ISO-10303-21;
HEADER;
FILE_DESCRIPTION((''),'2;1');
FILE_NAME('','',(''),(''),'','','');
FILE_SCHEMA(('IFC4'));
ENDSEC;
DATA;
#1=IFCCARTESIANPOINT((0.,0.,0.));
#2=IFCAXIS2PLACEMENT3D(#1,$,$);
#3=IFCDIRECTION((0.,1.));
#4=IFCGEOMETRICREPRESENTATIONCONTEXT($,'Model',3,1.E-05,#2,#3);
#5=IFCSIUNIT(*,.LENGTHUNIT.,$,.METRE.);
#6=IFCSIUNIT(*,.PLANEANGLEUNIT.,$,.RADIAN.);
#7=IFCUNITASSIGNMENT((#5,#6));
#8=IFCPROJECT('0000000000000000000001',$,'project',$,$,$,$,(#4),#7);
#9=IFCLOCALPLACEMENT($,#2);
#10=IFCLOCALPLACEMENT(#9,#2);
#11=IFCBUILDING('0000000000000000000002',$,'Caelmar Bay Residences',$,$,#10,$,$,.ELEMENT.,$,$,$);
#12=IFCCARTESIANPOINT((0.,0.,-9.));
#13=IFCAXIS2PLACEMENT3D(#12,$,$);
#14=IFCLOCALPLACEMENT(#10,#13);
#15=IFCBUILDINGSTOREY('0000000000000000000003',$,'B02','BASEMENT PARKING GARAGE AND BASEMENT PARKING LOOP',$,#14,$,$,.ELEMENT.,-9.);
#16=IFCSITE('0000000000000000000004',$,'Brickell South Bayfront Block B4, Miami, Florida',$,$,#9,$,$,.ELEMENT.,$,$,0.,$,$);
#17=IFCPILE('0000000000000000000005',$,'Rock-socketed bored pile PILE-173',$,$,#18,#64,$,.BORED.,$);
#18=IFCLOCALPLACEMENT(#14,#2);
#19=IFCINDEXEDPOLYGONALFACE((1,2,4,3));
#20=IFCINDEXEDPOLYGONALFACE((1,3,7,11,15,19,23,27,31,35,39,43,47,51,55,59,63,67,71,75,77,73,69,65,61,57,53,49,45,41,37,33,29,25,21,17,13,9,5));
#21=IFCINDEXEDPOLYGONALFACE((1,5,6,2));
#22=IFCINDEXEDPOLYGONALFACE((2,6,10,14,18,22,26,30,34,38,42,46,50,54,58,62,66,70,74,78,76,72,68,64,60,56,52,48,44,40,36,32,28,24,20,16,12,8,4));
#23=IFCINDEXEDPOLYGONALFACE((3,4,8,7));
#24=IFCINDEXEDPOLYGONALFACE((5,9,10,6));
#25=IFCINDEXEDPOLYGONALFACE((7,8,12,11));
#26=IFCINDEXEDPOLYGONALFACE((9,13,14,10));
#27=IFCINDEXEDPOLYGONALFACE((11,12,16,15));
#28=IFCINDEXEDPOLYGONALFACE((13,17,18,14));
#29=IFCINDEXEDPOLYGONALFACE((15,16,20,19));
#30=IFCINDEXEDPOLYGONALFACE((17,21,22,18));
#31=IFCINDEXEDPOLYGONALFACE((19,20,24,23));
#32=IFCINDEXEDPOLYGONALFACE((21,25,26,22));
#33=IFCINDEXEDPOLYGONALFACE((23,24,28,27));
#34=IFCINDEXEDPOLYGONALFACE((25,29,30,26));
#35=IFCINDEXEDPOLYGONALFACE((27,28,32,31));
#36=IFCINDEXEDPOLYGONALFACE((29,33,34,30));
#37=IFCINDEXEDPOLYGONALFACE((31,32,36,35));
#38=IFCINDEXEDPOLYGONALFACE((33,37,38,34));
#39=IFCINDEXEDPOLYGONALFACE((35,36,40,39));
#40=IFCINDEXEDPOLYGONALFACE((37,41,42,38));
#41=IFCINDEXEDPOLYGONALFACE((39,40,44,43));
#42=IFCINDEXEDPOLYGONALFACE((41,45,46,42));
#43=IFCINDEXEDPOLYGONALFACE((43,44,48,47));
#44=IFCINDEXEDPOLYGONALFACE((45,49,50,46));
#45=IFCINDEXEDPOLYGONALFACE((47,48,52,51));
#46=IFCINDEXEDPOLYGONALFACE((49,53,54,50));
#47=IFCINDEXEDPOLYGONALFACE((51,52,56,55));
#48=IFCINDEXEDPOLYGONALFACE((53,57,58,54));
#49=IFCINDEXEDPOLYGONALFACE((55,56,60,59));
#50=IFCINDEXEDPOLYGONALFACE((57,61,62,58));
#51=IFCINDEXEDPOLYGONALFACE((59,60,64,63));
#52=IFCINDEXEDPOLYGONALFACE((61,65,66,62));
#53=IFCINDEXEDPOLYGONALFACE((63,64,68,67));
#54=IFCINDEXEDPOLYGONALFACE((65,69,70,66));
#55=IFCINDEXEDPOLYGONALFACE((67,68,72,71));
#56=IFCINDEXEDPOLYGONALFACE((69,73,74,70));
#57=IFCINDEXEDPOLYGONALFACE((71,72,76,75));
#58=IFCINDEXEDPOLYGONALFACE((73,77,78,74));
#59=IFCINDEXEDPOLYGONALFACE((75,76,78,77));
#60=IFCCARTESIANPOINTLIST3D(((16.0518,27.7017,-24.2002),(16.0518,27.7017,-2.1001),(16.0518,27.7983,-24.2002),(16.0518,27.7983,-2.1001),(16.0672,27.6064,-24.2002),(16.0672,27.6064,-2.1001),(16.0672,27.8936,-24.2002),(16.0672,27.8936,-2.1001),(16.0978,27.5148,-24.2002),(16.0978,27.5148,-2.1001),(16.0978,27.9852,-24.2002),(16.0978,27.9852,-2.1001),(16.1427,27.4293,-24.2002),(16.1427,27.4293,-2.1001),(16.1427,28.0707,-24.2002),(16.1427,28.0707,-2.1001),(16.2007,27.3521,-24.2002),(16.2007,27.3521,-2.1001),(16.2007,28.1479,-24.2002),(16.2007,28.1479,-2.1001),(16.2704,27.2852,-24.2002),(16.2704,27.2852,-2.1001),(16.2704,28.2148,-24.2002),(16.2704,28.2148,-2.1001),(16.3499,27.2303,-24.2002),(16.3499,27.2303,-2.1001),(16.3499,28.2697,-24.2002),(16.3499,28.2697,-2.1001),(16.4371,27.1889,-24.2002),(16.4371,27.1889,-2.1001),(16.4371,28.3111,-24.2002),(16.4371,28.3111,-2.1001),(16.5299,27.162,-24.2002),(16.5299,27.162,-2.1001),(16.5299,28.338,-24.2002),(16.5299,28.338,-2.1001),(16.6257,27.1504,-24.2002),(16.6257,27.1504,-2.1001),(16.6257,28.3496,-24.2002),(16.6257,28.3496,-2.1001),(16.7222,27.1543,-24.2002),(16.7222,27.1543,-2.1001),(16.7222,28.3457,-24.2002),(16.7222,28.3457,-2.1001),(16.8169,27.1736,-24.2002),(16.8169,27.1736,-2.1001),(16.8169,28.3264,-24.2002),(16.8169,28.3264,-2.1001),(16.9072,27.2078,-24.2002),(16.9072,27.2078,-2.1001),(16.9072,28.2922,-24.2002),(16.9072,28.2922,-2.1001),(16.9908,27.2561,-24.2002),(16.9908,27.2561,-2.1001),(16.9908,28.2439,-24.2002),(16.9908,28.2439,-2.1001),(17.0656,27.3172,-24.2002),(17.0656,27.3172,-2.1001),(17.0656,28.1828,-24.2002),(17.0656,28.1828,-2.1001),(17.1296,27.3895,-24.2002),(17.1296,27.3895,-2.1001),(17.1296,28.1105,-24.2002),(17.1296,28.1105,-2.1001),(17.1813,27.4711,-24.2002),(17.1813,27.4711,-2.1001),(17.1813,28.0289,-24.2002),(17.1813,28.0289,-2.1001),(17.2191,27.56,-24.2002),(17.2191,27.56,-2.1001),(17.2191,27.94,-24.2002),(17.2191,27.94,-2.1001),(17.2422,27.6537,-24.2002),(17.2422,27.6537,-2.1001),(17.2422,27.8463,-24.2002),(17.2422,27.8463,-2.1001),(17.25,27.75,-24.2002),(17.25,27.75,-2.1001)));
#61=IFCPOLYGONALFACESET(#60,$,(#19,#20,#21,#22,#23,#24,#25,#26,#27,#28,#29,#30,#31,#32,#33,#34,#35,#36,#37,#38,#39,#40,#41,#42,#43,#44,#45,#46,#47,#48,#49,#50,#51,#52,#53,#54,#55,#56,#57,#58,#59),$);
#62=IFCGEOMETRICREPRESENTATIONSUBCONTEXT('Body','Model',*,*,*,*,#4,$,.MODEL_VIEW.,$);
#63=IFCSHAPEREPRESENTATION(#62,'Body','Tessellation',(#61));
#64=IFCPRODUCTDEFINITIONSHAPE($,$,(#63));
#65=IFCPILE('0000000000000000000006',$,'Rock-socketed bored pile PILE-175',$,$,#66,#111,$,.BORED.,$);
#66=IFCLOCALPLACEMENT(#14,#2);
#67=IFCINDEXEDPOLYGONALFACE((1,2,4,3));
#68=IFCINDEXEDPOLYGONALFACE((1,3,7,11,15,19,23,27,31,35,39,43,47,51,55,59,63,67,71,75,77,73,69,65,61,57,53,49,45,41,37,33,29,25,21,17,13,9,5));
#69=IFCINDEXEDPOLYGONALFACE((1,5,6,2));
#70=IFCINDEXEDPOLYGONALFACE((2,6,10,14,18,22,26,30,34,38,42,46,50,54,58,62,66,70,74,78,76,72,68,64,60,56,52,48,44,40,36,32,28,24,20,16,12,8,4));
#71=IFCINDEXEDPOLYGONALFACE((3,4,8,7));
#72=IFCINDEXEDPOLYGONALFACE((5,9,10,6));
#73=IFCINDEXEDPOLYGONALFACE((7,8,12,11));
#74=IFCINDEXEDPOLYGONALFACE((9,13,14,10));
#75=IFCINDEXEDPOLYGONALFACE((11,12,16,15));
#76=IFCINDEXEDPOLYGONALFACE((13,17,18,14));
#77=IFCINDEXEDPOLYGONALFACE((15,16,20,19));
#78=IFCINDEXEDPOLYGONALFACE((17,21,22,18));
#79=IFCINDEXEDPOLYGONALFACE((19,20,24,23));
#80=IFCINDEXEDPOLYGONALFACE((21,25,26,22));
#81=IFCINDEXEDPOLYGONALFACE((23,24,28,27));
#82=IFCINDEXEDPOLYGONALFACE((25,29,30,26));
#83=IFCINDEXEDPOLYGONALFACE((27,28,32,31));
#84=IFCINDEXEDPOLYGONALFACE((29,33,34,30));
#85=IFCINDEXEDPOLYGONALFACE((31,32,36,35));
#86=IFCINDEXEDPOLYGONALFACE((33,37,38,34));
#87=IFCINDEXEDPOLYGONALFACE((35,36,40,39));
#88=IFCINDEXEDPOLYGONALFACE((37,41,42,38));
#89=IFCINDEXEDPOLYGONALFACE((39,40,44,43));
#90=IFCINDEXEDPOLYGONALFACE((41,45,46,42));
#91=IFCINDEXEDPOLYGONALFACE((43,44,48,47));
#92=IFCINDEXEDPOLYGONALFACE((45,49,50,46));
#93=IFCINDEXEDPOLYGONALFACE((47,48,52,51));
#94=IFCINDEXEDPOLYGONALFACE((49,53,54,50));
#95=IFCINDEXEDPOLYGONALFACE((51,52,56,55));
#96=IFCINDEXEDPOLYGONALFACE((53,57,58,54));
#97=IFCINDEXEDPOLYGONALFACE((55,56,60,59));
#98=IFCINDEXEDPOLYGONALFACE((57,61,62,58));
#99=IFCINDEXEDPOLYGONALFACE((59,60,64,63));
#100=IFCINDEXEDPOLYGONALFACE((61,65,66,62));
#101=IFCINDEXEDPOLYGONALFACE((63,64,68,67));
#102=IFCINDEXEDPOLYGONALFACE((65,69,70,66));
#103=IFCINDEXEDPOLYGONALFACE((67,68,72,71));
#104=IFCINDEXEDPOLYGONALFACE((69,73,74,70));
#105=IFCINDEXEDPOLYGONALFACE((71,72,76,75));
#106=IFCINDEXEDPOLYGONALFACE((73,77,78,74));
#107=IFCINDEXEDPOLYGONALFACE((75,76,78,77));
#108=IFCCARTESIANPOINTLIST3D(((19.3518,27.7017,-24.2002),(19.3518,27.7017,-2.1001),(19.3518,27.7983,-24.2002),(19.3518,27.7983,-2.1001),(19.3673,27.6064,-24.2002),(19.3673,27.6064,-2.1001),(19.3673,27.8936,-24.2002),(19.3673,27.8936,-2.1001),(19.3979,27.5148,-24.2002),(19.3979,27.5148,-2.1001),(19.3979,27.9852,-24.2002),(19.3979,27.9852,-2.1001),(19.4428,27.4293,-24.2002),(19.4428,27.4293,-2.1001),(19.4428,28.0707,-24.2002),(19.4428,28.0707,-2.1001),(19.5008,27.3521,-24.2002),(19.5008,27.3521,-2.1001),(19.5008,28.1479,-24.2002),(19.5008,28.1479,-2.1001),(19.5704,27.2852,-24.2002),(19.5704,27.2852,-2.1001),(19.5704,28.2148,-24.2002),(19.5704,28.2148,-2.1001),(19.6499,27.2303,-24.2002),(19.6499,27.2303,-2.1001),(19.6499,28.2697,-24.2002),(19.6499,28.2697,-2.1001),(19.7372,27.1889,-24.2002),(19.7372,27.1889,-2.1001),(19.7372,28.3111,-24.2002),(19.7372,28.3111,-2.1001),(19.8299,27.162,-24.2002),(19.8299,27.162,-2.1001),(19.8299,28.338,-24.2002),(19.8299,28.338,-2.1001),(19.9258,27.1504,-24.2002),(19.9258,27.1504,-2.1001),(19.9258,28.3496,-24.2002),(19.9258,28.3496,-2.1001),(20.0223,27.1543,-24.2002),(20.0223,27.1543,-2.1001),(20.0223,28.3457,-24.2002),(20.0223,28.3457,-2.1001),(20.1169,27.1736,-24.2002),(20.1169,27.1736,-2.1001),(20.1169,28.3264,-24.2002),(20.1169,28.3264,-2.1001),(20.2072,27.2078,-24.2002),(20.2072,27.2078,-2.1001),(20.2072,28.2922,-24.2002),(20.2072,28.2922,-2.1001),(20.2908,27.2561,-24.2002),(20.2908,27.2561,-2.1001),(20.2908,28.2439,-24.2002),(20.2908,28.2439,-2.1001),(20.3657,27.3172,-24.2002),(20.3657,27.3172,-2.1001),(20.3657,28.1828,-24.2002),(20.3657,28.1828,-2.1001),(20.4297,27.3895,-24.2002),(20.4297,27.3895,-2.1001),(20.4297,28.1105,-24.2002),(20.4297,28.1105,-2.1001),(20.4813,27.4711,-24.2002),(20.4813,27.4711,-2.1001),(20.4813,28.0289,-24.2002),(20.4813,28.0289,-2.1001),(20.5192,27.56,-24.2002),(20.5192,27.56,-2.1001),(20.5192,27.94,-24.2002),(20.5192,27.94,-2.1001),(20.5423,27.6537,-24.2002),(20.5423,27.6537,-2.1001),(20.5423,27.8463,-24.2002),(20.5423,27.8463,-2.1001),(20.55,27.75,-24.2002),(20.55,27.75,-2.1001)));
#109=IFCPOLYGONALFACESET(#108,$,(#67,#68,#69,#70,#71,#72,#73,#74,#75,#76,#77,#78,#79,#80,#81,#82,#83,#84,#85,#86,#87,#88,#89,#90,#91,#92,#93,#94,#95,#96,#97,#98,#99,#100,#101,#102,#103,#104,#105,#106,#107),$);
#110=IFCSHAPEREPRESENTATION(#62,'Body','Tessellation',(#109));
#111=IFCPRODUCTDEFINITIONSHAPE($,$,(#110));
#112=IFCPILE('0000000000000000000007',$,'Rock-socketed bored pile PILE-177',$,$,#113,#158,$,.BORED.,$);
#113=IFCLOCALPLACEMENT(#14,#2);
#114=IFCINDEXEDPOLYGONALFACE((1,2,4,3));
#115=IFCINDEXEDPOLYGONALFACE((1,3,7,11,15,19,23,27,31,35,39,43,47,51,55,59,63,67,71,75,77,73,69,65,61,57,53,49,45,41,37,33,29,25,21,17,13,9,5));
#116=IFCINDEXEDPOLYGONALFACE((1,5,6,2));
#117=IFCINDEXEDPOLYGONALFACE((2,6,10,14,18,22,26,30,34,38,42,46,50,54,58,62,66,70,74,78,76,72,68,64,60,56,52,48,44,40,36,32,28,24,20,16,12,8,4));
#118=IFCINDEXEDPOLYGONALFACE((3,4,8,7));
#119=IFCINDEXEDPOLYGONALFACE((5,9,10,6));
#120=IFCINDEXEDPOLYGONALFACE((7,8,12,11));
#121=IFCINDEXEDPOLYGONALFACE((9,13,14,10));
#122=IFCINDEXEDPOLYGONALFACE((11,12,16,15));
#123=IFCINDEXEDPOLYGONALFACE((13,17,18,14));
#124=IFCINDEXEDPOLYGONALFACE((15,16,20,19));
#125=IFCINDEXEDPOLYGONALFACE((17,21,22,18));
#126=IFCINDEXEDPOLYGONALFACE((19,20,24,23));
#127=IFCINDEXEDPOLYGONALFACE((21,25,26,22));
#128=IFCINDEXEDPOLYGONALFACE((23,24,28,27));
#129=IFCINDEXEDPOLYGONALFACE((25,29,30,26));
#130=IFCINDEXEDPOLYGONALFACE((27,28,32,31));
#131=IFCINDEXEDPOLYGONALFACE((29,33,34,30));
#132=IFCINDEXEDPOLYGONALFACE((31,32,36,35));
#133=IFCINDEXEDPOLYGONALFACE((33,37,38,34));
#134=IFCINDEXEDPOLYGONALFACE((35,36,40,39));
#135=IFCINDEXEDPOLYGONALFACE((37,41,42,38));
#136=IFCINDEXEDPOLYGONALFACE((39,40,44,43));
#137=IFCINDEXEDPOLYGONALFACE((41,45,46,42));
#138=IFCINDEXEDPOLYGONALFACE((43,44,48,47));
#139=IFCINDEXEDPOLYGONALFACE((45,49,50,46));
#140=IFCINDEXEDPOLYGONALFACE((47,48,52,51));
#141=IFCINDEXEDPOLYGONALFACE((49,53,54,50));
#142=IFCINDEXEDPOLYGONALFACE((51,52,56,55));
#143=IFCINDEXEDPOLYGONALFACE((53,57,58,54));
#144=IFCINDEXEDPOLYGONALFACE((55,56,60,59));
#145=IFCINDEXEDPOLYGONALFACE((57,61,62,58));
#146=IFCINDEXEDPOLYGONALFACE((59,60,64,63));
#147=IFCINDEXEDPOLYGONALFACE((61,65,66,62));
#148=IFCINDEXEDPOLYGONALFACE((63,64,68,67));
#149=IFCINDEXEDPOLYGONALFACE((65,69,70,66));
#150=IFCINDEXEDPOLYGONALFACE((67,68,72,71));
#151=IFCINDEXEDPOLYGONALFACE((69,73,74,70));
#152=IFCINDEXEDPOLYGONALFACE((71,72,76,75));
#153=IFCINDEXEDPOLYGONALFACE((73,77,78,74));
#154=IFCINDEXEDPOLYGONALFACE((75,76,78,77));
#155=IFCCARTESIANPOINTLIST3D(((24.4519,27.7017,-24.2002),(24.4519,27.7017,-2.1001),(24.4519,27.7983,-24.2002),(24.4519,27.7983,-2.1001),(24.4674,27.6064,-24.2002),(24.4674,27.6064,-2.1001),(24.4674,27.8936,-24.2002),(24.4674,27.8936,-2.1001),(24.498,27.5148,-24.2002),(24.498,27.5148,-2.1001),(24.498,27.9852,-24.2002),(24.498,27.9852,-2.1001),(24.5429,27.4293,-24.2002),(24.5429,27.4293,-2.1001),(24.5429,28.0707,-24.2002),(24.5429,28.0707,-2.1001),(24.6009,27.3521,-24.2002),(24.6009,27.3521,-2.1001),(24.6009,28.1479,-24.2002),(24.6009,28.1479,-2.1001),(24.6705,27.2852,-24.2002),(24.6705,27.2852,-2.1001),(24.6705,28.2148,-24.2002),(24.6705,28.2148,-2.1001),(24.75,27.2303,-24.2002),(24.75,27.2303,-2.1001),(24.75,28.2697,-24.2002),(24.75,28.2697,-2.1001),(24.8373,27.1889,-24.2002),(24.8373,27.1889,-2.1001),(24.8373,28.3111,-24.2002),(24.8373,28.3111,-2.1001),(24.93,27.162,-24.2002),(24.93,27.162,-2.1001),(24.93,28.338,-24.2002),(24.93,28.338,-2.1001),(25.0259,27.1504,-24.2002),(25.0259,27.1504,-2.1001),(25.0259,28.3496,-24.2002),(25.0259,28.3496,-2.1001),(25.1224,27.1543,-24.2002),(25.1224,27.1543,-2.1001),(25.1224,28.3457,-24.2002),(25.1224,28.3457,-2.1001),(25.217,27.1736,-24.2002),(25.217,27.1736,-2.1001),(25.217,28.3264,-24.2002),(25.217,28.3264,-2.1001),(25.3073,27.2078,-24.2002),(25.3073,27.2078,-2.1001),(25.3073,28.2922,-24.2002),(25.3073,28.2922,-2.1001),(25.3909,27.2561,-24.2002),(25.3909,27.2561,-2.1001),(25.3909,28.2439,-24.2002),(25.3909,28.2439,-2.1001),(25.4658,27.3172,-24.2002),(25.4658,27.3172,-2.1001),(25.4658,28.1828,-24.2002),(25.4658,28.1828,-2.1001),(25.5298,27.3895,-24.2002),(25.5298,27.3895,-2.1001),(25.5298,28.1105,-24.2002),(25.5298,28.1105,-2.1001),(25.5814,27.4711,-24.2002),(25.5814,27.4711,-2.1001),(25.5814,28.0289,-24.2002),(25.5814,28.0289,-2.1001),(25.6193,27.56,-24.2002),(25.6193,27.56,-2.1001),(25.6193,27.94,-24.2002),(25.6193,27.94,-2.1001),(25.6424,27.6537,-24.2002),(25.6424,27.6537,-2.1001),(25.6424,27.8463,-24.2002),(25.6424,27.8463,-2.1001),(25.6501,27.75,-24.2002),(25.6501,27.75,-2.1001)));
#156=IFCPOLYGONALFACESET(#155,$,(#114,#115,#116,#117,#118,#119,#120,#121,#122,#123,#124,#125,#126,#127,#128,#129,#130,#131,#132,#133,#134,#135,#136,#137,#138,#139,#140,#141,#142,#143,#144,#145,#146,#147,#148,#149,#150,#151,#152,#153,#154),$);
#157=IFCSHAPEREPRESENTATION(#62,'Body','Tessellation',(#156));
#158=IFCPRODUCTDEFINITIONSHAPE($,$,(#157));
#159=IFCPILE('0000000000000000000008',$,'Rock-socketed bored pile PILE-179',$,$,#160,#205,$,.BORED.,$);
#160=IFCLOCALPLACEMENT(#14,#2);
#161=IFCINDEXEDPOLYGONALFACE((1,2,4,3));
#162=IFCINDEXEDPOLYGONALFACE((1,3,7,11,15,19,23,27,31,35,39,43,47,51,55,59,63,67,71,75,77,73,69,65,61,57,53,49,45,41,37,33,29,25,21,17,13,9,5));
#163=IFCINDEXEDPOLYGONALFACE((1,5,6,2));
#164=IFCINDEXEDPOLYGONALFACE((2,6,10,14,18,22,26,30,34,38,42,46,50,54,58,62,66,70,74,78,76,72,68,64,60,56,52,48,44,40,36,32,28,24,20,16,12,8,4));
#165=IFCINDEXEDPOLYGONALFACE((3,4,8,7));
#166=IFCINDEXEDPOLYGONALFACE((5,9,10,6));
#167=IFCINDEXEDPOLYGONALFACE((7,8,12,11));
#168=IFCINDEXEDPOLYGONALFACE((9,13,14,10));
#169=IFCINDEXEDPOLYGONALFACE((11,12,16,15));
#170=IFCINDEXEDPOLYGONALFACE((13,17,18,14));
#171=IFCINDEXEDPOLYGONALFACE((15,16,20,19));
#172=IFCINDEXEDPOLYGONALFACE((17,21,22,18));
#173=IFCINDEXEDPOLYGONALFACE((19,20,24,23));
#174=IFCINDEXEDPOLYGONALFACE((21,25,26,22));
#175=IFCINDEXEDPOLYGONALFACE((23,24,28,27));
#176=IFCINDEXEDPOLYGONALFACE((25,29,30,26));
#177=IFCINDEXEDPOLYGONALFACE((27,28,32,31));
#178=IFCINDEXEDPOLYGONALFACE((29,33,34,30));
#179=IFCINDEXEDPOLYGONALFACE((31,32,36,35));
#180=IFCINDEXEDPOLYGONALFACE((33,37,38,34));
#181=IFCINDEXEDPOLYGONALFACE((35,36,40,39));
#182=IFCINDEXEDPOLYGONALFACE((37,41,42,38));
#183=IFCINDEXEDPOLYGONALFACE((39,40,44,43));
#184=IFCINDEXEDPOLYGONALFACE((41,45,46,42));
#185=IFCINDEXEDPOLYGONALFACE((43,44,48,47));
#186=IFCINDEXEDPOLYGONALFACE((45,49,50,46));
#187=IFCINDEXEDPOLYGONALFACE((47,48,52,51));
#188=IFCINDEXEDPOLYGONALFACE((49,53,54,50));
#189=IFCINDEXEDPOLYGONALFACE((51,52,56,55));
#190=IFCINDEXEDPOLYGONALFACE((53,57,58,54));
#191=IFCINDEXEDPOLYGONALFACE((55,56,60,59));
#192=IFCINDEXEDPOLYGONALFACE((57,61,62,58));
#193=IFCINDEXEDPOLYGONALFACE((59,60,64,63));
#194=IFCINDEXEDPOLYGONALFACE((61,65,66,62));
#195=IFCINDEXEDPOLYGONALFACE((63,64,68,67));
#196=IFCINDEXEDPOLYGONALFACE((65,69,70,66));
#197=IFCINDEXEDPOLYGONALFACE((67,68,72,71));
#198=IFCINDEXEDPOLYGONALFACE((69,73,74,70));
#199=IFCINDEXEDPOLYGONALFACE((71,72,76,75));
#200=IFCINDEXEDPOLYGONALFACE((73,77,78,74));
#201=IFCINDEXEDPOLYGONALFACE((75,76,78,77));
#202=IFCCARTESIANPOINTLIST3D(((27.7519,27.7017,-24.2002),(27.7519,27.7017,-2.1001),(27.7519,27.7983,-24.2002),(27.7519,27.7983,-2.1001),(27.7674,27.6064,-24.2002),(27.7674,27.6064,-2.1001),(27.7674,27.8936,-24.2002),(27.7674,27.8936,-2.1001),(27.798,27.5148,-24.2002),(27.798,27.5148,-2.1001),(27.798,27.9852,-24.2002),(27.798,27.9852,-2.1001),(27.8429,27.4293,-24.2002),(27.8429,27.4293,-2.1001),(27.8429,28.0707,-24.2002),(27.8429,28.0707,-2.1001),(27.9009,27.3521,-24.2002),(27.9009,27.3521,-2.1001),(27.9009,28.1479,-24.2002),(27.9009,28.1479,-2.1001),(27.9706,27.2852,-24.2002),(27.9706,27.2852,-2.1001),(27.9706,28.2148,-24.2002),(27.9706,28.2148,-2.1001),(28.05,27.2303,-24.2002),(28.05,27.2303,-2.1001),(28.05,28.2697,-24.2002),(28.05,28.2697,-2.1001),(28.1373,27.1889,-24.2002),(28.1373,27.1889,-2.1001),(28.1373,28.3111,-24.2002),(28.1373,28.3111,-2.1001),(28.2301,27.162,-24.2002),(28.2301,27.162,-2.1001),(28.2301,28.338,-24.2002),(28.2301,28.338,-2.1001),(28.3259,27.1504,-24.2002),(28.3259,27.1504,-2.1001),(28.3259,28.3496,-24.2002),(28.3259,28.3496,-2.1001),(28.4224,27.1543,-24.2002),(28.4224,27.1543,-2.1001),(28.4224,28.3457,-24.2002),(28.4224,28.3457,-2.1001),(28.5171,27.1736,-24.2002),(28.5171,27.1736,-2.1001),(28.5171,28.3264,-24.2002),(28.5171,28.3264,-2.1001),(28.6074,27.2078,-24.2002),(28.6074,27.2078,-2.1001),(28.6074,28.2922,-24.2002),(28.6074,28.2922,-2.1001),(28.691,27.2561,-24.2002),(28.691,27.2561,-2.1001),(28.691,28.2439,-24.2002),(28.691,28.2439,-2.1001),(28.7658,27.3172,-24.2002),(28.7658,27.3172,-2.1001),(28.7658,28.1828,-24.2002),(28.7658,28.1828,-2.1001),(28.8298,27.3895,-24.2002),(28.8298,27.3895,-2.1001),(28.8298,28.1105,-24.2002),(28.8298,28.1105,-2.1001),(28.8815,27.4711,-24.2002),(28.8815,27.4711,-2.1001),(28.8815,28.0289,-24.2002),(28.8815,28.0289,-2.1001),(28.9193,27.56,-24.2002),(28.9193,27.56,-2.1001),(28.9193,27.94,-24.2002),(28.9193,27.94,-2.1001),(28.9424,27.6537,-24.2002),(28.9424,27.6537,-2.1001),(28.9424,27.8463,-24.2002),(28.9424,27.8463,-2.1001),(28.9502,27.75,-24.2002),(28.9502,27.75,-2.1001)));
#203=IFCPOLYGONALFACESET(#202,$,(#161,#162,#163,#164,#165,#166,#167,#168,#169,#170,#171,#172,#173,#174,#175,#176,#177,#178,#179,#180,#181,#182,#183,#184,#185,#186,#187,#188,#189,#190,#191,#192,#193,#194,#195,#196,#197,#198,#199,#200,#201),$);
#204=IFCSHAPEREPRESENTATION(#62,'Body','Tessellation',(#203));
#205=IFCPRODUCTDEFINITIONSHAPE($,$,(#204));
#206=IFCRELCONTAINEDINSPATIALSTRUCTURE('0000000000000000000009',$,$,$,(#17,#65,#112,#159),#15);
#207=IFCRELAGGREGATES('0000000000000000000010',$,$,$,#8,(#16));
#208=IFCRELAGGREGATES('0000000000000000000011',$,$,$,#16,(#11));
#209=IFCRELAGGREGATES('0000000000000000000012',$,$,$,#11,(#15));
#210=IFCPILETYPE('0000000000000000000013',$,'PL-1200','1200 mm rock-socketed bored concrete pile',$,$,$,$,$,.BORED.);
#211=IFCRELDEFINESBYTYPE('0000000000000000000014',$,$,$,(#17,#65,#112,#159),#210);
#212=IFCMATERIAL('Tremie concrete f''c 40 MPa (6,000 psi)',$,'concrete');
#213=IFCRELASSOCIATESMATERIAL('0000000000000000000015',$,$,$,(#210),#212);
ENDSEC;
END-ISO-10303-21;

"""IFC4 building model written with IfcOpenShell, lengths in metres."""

from ifc_helpers import new_model, si_unit, direction, frame, origin, origin_2d, place, context, subcontext, project, spatial, circle, extrude, material, material_profile, profile_set, type_object, element, save


model = new_model("IFC4")

# Units and contexts
model_context = context("Model", 3, precision=1e-05, world=origin(), true_north=direction((0.0, 1.0)))
body_context = subcontext(model_context, "Body", "Model", "MODEL_VIEW")
ifc_project = project(units=[si_unit("LENGTHUNIT", "METRE"), si_unit("PLANEANGLEUNIT", "RADIAN")], contexts=[model_context])

# Site, building, storey
site_placement = place(None, origin())
site = spatial("IfcSite", under=ifc_project, at=site_placement, Name="Brickell South Bayfront Block B4, Miami, Florida", CompositionType="ELEMENT", RefElevation=0.0)
building_placement = place(site_placement, origin())
building = spatial("IfcBuilding", under=site, at=building_placement, Name="Caelmar Bay Residences", CompositionType="ELEMENT")
storey_placement = place(building_placement, frame((0.0, 0.0, -9.0)))
storey = spatial("IfcBuildingStorey", under=building, at=storey_placement, Name="B02", Description="BASEMENT PARKING GARAGE AND BASEMENT PARKING LOOP", CompositionType="ELEMENT", Elevation=-9.0)

# Piles
ifc_material_1 = material(Name="Tremie concrete f'c 40 MPa (6,000 psi)", Category="concrete")
ifc_material_profile_1 = material_profile(ifc_material_1, circle(Radius=0.6001, at=origin_2d()), Name="PILE-1200D")
ifc_profile_set_1 = profile_set([ifc_material_profile_1], Name="Tremie concrete f'c 40 MPa (6,000 psi)")
pile_type = type_object("IfcPileType", Name="PL-1200", Description="1200 mm rock-socketed bored concrete pile", PredefinedType="BORED", material=ifc_profile_set_1)
for number, where, z_axis, x_axis, name in (
    (1, (16.6499, 27.75, -2.1001), (0.0, 0.0, -1.0), (1.0, 0.0, 0.0), "Rock-socketed bored pile PILE-173"),
    (2, (19.95, 27.75, -2.1001), (0.0, 0.0, -1.0), (1.0, 0.0, 0.0), "Rock-socketed bored pile PILE-175"),
    (3, (25.05, 27.75, -2.1001), (0.0, 0.0, -1.0), (1.0, 0.0, 0.0), "Rock-socketed bored pile PILE-177"),
    (4, (28.3501, 27.75, -2.1001), (0.0, 0.0, -1.0), (1.0, 0.0, 0.0), "Rock-socketed bored pile PILE-179"),
):
    element("IfcPile", number, at=place(storey_placement, frame(where, z_axis=z_axis, x_axis=x_axis)), inside=storey, type_object=pile_type, Name=name, PredefinedType="BORED", context=body_context, shape_type="SweptSolid", body=[
        extrude(circle(Radius=0.6001, at=origin_2d()), origin(), (0.0, 0.0, 1.0), 22.1001),
    ])

save(model, "model.ifc")
